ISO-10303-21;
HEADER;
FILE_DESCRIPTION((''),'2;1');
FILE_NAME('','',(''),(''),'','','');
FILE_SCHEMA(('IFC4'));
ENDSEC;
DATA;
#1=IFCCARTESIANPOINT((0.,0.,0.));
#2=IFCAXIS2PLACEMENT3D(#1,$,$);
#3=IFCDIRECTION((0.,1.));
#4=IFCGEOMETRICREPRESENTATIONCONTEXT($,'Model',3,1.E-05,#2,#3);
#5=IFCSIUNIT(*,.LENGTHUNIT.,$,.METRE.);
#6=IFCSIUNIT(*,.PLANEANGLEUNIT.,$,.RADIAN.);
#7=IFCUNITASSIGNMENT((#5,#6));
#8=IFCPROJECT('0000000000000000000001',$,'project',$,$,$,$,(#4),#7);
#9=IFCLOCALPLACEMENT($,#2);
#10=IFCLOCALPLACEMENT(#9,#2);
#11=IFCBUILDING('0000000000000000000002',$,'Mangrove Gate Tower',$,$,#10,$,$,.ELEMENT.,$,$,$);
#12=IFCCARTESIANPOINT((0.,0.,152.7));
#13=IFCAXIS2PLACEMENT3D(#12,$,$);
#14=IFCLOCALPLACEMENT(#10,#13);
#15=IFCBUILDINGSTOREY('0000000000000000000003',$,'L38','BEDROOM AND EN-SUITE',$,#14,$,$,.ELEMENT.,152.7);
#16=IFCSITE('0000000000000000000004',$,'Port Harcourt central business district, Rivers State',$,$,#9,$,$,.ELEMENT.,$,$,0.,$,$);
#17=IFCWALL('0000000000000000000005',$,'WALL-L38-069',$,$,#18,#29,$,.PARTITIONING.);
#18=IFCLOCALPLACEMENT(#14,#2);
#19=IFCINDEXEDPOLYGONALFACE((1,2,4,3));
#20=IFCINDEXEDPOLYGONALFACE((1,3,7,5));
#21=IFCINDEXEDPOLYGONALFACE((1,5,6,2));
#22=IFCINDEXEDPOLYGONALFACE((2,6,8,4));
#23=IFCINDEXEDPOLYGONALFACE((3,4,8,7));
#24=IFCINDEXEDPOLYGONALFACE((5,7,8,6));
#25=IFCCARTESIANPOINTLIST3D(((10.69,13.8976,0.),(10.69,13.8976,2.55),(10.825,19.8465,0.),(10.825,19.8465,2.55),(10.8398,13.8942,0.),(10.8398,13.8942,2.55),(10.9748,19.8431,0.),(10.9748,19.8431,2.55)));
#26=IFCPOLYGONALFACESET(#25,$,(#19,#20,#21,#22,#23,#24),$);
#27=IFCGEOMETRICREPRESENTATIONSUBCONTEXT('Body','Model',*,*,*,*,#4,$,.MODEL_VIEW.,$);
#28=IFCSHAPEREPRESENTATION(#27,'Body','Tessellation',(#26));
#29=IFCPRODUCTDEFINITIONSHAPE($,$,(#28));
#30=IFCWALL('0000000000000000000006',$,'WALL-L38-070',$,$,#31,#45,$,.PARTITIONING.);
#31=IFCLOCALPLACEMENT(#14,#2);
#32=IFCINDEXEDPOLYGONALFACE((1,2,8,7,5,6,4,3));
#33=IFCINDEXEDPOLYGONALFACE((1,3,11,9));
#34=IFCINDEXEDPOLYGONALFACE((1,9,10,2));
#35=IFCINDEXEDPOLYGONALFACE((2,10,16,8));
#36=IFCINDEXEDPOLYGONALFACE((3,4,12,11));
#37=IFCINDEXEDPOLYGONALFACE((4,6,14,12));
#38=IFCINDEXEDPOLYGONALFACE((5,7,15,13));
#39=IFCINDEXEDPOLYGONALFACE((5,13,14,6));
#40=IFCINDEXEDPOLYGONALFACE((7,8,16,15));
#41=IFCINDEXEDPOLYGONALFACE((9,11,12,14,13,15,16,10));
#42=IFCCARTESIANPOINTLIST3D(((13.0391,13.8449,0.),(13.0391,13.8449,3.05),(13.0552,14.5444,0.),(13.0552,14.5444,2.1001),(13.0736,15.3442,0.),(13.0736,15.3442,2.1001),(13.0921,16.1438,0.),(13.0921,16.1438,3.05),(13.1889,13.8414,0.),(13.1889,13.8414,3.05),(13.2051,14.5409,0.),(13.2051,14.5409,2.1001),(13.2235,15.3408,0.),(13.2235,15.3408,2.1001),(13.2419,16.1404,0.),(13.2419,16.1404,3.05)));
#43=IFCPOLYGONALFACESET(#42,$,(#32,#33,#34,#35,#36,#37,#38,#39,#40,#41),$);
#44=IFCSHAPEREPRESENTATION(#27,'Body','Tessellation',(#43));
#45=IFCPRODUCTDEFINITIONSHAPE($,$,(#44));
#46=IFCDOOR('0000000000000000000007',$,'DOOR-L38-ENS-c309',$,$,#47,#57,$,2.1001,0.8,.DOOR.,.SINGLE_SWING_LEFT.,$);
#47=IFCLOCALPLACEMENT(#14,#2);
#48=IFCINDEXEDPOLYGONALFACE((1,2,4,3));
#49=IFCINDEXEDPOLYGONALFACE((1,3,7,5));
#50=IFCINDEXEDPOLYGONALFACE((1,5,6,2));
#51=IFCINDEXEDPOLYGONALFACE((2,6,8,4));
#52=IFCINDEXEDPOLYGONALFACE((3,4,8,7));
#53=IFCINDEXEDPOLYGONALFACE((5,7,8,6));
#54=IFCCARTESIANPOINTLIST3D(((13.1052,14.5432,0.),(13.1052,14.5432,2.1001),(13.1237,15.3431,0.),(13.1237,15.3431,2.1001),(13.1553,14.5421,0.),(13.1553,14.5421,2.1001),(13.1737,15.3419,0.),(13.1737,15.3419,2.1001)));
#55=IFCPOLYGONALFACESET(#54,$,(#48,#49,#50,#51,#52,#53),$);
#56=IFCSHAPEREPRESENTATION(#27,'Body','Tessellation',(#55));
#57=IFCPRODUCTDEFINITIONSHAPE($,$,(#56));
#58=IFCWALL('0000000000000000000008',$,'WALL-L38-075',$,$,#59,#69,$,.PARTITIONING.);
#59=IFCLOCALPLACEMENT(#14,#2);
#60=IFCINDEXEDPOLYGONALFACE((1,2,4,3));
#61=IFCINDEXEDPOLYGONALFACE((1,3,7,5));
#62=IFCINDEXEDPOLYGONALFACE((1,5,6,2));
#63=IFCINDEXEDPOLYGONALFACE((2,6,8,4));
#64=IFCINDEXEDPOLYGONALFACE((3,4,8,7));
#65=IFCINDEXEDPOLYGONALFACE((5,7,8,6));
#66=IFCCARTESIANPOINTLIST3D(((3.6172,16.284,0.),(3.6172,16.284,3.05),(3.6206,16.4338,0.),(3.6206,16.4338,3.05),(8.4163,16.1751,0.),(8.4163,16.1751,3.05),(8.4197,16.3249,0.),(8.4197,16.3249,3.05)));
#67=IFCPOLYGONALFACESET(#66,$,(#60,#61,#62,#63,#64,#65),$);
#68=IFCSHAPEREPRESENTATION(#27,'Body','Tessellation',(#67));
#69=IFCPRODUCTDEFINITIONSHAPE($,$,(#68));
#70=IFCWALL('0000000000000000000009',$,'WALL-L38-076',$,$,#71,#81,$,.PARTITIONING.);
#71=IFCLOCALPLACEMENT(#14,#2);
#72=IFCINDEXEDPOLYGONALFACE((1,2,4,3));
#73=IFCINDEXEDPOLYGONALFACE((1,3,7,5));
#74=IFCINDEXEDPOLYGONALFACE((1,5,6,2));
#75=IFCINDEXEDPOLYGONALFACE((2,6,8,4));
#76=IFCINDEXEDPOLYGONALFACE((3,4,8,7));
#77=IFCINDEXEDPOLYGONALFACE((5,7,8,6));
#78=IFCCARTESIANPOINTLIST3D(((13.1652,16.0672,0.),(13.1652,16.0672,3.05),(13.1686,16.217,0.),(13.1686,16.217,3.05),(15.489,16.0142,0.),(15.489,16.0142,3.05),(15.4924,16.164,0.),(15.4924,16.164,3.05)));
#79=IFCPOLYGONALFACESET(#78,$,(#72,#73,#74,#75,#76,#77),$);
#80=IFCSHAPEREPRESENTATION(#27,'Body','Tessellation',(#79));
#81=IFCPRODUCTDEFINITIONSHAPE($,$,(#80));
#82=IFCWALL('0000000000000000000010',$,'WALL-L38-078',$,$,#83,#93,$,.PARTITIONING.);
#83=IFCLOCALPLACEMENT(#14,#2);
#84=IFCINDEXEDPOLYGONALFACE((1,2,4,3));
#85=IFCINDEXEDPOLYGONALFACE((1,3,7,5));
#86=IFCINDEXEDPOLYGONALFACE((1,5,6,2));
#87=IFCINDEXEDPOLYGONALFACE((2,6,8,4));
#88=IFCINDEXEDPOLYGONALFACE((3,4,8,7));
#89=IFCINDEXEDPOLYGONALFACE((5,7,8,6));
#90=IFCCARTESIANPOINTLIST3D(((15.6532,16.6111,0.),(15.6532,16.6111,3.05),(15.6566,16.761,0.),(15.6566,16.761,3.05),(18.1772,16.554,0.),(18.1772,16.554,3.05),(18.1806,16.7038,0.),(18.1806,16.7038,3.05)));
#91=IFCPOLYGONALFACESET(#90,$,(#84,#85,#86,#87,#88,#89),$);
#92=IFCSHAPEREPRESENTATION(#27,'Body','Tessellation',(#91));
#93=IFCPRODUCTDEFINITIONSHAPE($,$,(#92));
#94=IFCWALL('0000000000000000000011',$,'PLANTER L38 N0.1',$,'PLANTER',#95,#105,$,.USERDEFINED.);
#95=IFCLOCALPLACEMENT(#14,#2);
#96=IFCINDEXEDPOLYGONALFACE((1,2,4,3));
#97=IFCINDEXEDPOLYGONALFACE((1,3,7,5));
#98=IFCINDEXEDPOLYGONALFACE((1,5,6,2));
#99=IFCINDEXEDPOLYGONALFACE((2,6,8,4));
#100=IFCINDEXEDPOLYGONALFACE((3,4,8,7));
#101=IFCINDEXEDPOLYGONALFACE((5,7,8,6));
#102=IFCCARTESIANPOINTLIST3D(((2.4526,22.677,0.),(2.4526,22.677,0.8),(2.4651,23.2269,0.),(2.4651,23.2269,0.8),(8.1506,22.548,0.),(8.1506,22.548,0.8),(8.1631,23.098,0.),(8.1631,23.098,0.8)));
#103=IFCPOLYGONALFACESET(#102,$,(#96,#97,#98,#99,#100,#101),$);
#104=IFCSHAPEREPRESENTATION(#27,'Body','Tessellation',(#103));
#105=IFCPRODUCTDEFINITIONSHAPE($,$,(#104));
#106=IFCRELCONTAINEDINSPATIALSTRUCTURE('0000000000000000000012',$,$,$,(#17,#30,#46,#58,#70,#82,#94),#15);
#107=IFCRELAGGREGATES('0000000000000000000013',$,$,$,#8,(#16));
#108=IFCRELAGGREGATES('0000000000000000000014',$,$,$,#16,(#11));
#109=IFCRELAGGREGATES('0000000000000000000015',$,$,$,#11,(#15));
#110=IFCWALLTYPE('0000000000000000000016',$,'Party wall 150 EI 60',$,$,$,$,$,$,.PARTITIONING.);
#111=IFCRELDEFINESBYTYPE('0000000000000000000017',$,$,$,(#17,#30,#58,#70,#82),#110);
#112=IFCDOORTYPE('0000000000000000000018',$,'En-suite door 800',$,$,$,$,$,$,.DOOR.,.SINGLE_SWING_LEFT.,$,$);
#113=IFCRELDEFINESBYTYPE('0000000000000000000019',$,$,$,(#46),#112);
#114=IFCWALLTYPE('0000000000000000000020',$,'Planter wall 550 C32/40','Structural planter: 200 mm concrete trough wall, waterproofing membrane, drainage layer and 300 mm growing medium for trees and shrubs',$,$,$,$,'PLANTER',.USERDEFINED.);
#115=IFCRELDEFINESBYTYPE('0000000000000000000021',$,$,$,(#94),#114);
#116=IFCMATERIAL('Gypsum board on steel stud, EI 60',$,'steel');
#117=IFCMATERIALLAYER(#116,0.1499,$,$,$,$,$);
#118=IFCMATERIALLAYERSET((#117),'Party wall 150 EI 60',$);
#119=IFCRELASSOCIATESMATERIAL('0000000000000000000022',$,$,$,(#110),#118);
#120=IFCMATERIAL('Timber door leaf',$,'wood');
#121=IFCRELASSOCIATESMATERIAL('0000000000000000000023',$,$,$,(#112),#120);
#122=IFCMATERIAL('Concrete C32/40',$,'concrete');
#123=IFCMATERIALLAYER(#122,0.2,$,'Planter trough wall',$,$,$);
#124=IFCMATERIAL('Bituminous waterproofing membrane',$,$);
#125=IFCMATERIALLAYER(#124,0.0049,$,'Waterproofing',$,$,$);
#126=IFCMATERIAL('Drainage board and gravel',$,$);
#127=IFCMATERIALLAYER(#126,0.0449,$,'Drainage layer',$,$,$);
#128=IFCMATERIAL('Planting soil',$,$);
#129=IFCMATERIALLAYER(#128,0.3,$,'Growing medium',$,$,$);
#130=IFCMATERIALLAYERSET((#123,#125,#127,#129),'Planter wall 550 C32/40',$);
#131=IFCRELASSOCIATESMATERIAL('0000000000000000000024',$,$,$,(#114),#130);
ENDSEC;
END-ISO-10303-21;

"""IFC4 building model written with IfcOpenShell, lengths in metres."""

from ifc_helpers import new_model, si_unit, direction, frame, frame_2d, origin, place, context, subcontext, project, spatial, rectangle, extrude, material, layer, layer_set, type_object, element, fill, save


model = new_model("IFC4")

# Units and contexts
model_context = context("Model", 3, precision=1e-05, world=origin(), true_north=direction((0.0, 1.0)))
body_context = subcontext(model_context, "Body", "Model", "MODEL_VIEW")
ifc_project = project(units=[si_unit("LENGTHUNIT", "METRE"), si_unit("PLANEANGLEUNIT", "RADIAN")], contexts=[model_context])

# Site, building, storey
site_placement = place(None, origin())
site = spatial("IfcSite", under=ifc_project, at=site_placement, Name="Port Harcourt central business district, Rivers State", CompositionType="ELEMENT", RefElevation=0.0)
building_placement = place(site_placement, origin())
building = spatial("IfcBuilding", under=site, at=building_placement, Name="Mangrove Gate Tower", CompositionType="ELEMENT")
storey_placement = place(building_placement, frame((0.0, 0.0, 152.7)))
storey = spatial("IfcBuildingStorey", under=building, at=storey_placement, Name="L38", Description="BEDROOM AND EN-SUITE", CompositionType="ELEMENT", Elevation=152.7)

# Shared definitions
ifc_material_1 = material(Name="Gypsum board on steel stud, EI 60", Category="steel")
ifc_layer_1 = layer(ifc_material_1, 0.1499)
ifc_layer_set_1 = layer_set([ifc_layer_1], Name="Party wall 150 EI 60")
wall_type_1 = type_object("IfcWallType", Name="Party wall 150 EI 60", PredefinedType="PARTITIONING", material=ifc_layer_set_1)

# Shared definitions
ifc_material_2 = material(Name="Timber door leaf", Category="wood")
door_type = type_object("IfcDoorType", Name="En-suite door 800", OperationType="SINGLE_SWING_LEFT", PredefinedType="DOOR", material=ifc_material_2)

# Wall
wall_1_placement = place(storey_placement, frame((10.7649, 13.896, 0.0), z_axis=(0.0, 0.0, 1.0), x_axis=(0.022689, 0.999743, 0.0)))
element("IfcWall", 1, at=wall_1_placement, inside=storey, type_object=wall_type_1, Name="WALL-L38-069", PredefinedType="PARTITIONING", context=body_context, shape_type="SweptSolid", body=[
    extrude(rectangle(XDim=5.9504, YDim=0.1499, at=frame_2d((2.9751, 0.0))), origin(), (0.0, 0.0, 1.0), 2.55),
])

# Wall, opening, door
wall_2_placement = place(storey_placement, frame((13.114, 13.843, 0.0), z_axis=(0.0, 0.0, 1.0), x_axis=(0.023037, 0.999735, 0.0)))
wall_2 = element("IfcWall", 2, at=wall_2_placement, inside=storey, type_object=wall_type_1, Name="WALL-L38-070", PredefinedType="PARTITIONING", context=body_context, shape_type="SweptSolid", body=[
    extrude(rectangle(XDim=2.2996, YDim=0.1499, at=frame_2d((1.1499, 0.0))), origin(), (0.0, 0.0, 1.0), 3.05),
])
opening_1_placement = place(wall_2_placement, frame((0.7, 0.0, 0.0)))
opening_1 = element("IfcOpeningElement", 3, at=opening_1_placement, cuts=wall_2, PredefinedType="OPENING", context=body_context, shape_type="SweptSolid", body=[
    extrude(rectangle(XDim=0.8, YDim=2.1001, at=frame_2d((0.3999, 1.05))), frame((0.0, 0.085, 0.0), z_axis=(0.0, -1.0, 0.0), x_axis=(1.0, 0.0, 0.0)), (0.0, 0.0, 1.0), 0.1699),
])
door_1_placement = place(opening_1_placement, origin())
door_1 = element("IfcDoor", 4, at=door_1_placement, inside=storey, type_object=door_type, Name="DOOR-L38-ENS-c309", OperationType="SINGLE_SWING_LEFT", OverallHeight=2.1001, OverallWidth=0.8, PredefinedType="DOOR", context=body_context, shape_type="SweptSolid", body=[
    extrude(rectangle(XDim=0.8, YDim=2.1001, at=frame_2d((0.3999, 1.05))), frame((0.0, 0.0249, 0.0), z_axis=(0.0, -1.0, 0.0), x_axis=(1.0, 0.0, 0.0)), (0.0, 0.0, 1.0), 0.05),
])
fill(opening_1, door_1)

# Walls
wall_3_placement = place(storey_placement, frame((3.6189, 16.3589, 0.0), z_axis=(0.0, 0.0, 1.0), x_axis=(0.999743, -0.022683, 0.0)))
element("IfcWall", 5, at=wall_3_placement, inside=storey, type_object=wall_type_1, Name="WALL-L38-075", PredefinedType="PARTITIONING", context=body_context, shape_type="SweptSolid", body=[
    extrude(rectangle(XDim=4.8003, YDim=0.1499, at=frame_2d((2.4001, 0.0))), origin(), (0.0, 0.0, 1.0), 3.05),
])
wall_4_placement = place(storey_placement, frame((13.167, 16.1421, 0.0), z_axis=(0.0, 0.0, 1.0), x_axis=(0.99974, -0.022791, 0.0)))
element("IfcWall", 6, at=wall_4_placement, inside=storey, type_object=wall_type_1, Name="WALL-L38-076", PredefinedType="PARTITIONING", context=body_context, shape_type="SweptSolid", body=[
    extrude(rectangle(XDim=2.3245, YDim=0.1499, at=frame_2d((1.1621, 0.0))), origin(), (0.0, 0.0, 1.0), 3.05),
])
wall_5_placement = place(storey_placement, frame((15.655, 16.686, 0.0), z_axis=(0.0, 0.0, 1.0), x_axis=(0.999744, -0.022629, 0.0)))
element("IfcWall", 7, at=wall_5_placement, inside=storey, type_object=wall_type_1, Name="WALL-L38-078", PredefinedType="PARTITIONING", context=body_context, shape_type="SweptSolid", body=[
    extrude(rectangle(XDim=2.5247, YDim=0.1499, at=frame_2d((1.2622, 0.0))), origin(), (0.0, 0.0, 1.0), 3.05),
])
ifc_material_3 = material(Name="Concrete C32/40", Category="concrete")
ifc_layer_2 = layer(ifc_material_3, 0.2, Name="Planter trough wall")
ifc_material_4 = material(Name="Bituminous waterproofing membrane")
ifc_layer_3 = layer(ifc_material_4, 0.0049, Name="Waterproofing")
ifc_material_5 = material(Name="Drainage board and gravel")
ifc_layer_4 = layer(ifc_material_5, 0.0449, Name="Drainage layer")
ifc_material_6 = material(Name="Planting soil")
ifc_layer_5 = layer(ifc_material_6, 0.3, Name="Growing medium")
ifc_layer_set_2 = layer_set([ifc_layer_2, ifc_layer_3, ifc_layer_4, ifc_layer_5], Name="Planter wall 550 C32/40")
wall_type_2 = type_object("IfcWallType", Name="Planter wall 550 C32/40", Description="Structural planter: 200 mm concrete trough wall, waterproofing membrane, drainage layer and 300 mm growing medium for trees and shrubs", ElementType="PLANTER", PredefinedType="USERDEFINED", material=ifc_layer_set_2)
wall_6_placement = place(storey_placement, frame((2.459, 22.9519, 0.0), z_axis=(0.0, 0.0, 1.0), x_axis=(0.999744, -0.022617, 0.0)))
element("IfcWall", 8, at=wall_6_placement, inside=storey, type_object=wall_type_2, Name="PLANTER L38 N0.1", ObjectType="PLANTER", PredefinedType="USERDEFINED", context=body_context, shape_type="SweptSolid", body=[
    extrude(rectangle(XDim=5.6995, YDim=0.55, at=frame_2d((2.8496, 0.0))), origin(), (0.0, 0.0, 1.0), 0.8),
])

save(model, "model.ifc")
